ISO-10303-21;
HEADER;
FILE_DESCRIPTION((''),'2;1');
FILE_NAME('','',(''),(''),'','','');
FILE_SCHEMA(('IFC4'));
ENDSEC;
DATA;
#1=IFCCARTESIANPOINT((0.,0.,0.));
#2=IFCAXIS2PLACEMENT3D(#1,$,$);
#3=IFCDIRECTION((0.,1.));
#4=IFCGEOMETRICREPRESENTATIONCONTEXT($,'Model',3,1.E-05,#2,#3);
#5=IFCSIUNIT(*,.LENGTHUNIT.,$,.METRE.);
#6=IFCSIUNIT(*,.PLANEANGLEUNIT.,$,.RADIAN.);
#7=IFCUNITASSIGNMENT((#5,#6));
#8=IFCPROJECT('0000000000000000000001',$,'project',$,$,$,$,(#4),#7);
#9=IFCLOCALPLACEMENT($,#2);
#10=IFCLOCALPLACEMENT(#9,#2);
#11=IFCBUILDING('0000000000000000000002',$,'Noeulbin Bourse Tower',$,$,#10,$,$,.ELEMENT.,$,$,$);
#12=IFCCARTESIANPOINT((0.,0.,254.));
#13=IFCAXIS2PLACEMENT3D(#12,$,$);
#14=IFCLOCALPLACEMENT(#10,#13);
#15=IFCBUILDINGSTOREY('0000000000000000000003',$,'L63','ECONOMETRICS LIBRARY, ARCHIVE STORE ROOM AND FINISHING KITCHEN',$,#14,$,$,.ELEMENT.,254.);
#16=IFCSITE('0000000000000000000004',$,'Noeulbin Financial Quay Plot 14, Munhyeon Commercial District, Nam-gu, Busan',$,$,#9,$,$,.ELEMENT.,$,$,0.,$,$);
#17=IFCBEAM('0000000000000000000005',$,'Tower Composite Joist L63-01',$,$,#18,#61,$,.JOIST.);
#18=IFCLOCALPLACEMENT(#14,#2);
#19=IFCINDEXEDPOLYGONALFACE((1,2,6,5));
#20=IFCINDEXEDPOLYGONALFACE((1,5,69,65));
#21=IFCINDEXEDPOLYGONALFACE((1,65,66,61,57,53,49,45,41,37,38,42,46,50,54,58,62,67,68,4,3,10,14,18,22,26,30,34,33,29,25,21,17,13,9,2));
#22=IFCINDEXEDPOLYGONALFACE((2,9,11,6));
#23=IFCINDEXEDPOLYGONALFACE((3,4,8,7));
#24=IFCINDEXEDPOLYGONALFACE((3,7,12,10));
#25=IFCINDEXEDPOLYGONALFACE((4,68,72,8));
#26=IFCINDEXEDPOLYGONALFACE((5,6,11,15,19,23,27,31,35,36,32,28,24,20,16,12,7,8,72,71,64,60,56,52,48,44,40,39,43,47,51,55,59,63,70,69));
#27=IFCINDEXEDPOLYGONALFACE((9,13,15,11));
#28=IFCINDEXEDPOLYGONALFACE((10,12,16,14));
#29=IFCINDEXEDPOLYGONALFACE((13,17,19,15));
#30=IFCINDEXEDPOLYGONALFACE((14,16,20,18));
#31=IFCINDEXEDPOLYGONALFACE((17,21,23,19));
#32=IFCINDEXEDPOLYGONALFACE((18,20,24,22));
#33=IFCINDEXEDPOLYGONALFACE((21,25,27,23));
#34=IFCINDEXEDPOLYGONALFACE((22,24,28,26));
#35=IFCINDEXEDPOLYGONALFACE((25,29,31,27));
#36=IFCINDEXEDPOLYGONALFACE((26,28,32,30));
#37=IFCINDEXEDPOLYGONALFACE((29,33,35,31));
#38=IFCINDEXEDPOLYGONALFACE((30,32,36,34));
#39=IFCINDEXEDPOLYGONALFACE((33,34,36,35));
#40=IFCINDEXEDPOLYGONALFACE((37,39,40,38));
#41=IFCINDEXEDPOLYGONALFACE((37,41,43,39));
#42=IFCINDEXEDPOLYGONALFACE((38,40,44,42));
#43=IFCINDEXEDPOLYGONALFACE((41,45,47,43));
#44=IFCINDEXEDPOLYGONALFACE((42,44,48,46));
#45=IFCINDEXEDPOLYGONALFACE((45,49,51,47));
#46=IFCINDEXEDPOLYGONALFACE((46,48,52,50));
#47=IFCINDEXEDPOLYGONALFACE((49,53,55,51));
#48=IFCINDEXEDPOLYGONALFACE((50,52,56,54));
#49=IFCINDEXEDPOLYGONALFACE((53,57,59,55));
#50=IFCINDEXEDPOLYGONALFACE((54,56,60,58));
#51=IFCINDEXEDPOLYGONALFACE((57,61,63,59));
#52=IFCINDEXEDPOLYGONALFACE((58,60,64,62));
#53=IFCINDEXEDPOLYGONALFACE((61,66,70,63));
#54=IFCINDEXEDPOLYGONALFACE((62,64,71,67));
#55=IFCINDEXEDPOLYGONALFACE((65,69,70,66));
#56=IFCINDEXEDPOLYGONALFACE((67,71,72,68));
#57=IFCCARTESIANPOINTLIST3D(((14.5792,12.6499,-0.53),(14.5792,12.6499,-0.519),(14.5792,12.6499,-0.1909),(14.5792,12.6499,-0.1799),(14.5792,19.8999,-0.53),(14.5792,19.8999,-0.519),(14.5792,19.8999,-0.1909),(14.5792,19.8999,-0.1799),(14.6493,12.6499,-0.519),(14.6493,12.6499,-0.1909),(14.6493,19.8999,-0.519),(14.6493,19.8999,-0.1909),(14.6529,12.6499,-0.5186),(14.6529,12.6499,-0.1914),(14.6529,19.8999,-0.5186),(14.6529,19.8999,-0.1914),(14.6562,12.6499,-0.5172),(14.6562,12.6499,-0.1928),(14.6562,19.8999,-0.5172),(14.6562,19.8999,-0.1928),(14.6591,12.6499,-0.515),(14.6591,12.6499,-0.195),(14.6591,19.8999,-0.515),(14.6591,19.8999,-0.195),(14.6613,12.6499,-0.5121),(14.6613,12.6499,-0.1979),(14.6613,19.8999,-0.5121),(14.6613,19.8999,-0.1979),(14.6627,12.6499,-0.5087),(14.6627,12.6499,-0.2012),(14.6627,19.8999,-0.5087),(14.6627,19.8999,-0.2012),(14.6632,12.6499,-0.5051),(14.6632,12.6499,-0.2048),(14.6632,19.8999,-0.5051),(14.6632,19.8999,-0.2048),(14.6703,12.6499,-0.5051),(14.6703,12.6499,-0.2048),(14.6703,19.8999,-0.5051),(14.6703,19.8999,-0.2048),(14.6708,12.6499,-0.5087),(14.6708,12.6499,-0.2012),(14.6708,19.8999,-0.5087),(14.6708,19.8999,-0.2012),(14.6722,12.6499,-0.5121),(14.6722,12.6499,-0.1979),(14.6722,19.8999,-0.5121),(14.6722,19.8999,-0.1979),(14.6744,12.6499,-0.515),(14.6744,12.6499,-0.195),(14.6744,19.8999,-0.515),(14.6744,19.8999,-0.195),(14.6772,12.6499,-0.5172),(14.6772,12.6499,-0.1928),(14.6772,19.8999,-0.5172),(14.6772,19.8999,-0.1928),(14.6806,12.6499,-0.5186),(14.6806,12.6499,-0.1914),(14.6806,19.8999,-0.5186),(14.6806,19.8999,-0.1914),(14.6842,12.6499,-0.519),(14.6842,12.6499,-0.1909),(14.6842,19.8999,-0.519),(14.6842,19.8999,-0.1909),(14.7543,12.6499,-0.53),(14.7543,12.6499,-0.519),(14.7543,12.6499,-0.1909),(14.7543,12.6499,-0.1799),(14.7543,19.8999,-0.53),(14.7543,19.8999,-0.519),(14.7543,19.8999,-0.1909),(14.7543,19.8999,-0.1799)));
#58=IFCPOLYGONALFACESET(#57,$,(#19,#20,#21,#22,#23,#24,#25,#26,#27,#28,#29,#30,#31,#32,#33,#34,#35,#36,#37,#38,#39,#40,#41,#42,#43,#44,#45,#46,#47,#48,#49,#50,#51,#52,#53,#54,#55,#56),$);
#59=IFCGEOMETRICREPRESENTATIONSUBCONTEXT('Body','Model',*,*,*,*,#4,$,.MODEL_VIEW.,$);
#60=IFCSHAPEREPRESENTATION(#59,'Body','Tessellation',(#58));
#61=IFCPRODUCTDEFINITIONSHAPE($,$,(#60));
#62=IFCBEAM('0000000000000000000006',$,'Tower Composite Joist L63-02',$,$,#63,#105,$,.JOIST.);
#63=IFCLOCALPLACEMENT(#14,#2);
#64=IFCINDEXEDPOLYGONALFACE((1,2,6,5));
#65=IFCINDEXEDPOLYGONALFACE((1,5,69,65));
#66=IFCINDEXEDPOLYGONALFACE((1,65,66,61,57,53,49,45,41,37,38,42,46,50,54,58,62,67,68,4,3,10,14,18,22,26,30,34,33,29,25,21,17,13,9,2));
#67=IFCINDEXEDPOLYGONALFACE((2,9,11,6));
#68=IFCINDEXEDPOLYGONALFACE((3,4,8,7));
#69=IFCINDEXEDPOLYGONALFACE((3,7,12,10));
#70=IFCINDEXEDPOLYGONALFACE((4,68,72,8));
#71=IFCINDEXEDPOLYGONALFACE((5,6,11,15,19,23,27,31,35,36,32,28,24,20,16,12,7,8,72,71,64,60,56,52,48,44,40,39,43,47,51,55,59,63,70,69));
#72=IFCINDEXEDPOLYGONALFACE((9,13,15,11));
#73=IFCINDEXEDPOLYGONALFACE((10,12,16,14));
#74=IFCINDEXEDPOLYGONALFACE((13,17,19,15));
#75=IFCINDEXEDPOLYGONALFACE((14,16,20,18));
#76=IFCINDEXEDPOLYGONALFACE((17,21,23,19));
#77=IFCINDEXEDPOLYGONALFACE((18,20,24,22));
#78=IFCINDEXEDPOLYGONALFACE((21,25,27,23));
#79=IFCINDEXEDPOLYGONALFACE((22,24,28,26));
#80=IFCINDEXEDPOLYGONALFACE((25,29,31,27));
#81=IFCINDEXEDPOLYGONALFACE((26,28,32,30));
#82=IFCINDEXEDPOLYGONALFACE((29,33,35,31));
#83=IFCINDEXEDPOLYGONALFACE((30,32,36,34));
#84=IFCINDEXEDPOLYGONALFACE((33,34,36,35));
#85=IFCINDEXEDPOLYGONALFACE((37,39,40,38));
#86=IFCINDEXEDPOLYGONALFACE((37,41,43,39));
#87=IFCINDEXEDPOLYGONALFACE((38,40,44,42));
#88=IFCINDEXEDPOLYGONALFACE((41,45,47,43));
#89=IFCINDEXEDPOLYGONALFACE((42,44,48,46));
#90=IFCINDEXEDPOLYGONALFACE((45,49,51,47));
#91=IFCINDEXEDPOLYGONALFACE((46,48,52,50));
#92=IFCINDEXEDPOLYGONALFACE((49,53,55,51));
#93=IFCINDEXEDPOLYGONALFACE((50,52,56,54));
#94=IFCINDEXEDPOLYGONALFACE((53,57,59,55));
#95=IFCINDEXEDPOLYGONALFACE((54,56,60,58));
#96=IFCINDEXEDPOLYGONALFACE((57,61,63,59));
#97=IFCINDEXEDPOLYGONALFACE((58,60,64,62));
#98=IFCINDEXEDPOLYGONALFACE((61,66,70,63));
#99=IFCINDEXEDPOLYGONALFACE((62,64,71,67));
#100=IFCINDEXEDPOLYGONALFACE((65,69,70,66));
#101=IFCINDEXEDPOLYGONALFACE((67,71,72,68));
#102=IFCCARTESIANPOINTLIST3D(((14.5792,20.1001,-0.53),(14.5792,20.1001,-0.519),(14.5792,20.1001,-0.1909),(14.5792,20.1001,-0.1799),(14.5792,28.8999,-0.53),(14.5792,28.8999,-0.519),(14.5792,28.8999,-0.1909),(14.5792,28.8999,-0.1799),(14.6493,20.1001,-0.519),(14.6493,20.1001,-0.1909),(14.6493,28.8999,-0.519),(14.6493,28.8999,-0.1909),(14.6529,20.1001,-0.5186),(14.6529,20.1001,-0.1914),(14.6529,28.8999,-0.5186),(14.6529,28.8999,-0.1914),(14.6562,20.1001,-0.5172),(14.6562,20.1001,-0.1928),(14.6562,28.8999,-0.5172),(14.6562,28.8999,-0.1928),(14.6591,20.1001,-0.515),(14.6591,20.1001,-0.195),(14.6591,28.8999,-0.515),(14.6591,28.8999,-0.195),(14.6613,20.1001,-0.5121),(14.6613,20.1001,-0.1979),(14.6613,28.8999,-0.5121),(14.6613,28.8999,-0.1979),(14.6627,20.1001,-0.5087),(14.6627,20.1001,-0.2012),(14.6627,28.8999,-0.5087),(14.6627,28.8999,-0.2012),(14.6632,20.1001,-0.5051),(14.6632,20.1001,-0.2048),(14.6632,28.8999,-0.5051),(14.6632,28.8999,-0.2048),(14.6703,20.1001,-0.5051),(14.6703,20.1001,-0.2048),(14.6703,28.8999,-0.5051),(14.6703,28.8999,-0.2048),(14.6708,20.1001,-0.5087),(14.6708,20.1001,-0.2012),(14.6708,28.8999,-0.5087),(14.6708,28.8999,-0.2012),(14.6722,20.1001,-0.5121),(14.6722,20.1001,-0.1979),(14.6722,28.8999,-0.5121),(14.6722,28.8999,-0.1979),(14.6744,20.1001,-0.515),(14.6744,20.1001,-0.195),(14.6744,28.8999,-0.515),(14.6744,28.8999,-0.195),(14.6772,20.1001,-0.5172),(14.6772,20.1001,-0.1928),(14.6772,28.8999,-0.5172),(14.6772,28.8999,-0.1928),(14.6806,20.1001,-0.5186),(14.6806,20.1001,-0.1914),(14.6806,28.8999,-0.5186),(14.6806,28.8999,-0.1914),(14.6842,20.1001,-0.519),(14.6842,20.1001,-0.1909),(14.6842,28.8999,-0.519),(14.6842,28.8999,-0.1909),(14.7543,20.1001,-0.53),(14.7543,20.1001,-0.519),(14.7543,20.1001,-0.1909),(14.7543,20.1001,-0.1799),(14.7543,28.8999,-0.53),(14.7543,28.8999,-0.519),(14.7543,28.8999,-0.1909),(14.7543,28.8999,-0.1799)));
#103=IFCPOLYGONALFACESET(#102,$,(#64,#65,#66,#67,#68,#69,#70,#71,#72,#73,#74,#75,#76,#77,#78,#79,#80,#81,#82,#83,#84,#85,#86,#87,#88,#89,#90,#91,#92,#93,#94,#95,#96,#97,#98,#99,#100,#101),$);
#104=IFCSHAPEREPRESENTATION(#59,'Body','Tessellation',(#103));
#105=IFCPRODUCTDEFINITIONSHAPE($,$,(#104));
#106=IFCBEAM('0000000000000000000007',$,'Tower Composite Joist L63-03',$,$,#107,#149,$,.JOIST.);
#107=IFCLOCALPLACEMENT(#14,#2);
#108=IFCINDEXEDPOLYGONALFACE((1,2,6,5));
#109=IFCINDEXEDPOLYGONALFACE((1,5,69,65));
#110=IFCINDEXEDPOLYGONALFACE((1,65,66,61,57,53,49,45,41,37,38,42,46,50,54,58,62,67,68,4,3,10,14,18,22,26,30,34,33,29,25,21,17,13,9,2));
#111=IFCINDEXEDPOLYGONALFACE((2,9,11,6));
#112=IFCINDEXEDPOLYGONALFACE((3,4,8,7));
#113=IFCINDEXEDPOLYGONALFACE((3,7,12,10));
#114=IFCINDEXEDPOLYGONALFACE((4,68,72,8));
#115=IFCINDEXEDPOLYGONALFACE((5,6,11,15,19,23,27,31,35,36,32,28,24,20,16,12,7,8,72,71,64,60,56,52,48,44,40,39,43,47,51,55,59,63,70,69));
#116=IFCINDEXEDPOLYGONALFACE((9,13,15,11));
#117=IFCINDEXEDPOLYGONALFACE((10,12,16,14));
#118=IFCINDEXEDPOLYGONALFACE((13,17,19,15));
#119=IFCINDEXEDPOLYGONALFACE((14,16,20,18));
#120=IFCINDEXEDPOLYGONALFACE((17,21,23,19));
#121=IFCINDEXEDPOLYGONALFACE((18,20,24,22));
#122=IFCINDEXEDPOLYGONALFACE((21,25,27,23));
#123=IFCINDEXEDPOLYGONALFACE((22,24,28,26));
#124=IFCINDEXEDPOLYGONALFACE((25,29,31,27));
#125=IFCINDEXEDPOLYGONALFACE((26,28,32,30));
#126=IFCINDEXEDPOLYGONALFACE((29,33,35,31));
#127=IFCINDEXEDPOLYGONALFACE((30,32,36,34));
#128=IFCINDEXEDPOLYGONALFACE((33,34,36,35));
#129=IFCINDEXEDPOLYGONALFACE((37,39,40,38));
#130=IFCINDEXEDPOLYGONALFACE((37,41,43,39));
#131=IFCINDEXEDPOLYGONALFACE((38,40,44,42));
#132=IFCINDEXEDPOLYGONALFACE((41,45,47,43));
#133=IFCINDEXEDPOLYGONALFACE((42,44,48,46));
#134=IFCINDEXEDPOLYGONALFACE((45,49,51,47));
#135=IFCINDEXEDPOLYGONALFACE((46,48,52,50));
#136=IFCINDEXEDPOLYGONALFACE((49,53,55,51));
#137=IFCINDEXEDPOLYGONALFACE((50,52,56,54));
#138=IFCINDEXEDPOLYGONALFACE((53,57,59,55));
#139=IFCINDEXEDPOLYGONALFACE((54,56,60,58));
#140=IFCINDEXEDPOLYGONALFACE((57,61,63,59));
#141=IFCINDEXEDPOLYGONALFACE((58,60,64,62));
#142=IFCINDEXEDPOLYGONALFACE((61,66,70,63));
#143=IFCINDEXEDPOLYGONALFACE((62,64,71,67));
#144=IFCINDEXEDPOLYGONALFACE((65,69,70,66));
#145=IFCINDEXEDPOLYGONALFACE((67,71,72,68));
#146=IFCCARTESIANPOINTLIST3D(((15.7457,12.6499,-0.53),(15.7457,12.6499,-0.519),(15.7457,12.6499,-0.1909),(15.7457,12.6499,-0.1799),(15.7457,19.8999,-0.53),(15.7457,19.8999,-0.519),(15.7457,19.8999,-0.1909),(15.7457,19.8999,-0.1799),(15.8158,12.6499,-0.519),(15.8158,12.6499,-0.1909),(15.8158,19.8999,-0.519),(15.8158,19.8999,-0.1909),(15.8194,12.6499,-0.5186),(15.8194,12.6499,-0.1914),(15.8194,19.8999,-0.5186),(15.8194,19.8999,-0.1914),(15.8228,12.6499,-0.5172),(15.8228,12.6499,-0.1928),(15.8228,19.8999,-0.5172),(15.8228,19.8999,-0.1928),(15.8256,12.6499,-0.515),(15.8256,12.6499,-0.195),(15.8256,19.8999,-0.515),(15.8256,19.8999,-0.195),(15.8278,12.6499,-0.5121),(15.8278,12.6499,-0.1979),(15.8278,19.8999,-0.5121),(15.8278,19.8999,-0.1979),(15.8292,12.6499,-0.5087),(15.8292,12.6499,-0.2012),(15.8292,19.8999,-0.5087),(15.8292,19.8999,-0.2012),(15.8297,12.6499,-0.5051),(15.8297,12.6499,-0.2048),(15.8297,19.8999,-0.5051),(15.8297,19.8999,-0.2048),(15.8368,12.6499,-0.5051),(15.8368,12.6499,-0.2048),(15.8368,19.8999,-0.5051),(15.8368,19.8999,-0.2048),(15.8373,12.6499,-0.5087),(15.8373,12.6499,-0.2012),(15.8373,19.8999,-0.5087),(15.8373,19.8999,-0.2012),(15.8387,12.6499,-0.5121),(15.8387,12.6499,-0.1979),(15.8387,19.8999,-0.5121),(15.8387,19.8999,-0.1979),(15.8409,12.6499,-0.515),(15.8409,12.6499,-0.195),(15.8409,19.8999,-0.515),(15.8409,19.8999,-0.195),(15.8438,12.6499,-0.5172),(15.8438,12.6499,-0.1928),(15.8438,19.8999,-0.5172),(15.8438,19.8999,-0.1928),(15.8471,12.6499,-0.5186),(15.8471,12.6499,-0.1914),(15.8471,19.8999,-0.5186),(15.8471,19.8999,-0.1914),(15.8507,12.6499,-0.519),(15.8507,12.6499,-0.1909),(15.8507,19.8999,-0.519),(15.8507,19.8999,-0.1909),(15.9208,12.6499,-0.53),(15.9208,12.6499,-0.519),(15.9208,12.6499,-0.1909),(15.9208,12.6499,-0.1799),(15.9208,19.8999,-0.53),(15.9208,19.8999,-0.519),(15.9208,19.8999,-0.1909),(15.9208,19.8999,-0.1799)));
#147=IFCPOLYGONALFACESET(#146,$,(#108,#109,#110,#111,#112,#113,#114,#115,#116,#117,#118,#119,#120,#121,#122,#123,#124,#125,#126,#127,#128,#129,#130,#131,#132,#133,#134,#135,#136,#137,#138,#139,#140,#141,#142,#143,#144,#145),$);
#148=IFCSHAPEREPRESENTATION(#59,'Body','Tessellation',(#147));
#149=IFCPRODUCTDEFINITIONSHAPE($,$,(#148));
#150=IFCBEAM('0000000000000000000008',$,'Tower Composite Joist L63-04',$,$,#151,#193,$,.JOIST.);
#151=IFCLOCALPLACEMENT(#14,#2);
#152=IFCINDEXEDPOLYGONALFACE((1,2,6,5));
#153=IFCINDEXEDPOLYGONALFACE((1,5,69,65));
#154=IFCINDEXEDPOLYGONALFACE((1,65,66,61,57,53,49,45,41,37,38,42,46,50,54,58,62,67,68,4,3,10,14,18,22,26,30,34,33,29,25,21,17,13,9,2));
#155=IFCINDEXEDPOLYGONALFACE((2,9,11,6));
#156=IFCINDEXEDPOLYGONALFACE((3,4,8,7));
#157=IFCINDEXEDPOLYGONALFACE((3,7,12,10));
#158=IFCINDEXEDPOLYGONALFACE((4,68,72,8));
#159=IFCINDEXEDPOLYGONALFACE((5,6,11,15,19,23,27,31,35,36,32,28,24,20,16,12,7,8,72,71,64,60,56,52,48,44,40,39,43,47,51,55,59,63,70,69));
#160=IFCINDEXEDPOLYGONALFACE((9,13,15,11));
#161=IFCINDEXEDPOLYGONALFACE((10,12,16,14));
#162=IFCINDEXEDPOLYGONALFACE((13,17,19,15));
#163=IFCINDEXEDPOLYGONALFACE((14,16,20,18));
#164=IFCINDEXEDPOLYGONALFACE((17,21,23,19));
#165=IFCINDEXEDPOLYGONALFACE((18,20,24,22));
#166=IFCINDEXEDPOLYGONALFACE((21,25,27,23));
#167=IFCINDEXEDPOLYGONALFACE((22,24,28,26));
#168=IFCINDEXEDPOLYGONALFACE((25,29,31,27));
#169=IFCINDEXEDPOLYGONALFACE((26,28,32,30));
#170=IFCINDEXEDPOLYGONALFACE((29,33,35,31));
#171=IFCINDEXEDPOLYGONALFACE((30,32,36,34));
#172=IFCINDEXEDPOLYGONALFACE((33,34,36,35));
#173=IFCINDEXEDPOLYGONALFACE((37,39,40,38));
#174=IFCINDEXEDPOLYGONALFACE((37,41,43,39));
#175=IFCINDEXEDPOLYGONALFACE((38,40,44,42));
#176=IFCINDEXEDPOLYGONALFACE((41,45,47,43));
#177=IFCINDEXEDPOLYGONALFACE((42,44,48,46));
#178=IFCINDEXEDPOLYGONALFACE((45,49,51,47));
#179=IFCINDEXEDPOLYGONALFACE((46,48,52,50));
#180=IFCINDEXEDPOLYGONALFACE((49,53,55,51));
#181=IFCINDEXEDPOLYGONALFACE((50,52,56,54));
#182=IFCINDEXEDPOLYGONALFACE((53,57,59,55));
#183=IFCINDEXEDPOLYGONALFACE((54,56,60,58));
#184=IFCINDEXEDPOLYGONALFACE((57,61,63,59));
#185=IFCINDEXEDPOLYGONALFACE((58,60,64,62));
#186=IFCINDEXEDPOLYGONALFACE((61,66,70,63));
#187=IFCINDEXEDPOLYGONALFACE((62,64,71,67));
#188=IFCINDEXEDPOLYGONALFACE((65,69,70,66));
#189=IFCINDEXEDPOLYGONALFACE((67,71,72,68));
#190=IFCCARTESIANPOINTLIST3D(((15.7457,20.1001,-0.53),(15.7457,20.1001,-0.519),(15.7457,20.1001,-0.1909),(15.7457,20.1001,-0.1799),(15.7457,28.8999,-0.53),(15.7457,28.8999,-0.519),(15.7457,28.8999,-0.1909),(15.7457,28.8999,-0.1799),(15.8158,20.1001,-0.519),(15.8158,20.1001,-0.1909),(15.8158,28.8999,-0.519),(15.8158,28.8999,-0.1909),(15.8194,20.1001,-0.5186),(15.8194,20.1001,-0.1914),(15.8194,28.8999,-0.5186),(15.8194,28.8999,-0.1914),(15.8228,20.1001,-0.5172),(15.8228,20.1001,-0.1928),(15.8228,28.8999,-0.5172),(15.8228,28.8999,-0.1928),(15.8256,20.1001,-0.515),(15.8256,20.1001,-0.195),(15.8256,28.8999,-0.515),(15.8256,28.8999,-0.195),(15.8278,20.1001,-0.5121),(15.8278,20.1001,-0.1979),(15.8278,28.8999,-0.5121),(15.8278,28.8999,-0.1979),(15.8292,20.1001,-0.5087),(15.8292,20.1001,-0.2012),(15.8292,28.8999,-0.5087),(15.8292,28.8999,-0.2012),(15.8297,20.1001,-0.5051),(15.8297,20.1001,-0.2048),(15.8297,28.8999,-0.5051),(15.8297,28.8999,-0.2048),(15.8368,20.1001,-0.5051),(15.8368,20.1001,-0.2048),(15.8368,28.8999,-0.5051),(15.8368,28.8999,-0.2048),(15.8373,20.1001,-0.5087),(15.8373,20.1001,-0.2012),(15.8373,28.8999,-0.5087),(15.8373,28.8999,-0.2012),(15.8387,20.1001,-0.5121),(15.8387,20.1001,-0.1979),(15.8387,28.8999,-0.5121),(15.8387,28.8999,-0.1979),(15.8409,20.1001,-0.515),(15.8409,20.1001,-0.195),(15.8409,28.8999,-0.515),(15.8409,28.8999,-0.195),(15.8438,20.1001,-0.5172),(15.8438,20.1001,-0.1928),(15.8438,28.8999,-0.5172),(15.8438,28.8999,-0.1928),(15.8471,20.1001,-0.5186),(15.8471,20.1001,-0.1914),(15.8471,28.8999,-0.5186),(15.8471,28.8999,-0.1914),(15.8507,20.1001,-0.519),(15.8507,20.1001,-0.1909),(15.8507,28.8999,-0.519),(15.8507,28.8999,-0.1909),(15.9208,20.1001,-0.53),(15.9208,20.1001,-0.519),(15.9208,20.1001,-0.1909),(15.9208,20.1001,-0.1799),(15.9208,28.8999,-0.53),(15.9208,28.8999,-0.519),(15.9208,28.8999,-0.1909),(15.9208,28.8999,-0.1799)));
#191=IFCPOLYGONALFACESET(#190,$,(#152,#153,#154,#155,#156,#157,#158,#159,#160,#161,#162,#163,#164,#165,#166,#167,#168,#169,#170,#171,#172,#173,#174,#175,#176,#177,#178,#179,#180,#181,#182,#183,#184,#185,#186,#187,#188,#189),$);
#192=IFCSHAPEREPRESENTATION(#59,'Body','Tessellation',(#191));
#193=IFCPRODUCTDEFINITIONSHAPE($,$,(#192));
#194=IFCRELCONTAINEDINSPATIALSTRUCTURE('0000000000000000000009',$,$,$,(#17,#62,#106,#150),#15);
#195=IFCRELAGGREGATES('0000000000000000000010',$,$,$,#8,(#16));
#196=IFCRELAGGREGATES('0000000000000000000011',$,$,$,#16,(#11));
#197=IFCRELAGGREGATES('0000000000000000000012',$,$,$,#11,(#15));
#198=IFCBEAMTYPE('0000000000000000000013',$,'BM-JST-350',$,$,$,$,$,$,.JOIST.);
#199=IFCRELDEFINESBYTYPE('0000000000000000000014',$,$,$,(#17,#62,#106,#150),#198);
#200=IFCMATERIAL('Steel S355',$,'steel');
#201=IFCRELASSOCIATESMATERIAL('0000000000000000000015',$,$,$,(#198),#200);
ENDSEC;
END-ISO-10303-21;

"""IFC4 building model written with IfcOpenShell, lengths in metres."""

from ifc_helpers import new_model, si_unit, direction, frame, origin, origin_2d, place, context, subcontext, project, spatial, i_section, extrude, material, material_profile, profile_set, type_object, element, save


model = new_model("IFC4")

# Units and contexts
model_context = context("Model", 3, precision=1e-05, world=origin(), true_north=direction((0.0, 1.0)))
body_context = subcontext(model_context, "Body", "Model", "MODEL_VIEW")
ifc_project = project(units=[si_unit("LENGTHUNIT", "METRE"), si_unit("PLANEANGLEUNIT", "RADIAN")], contexts=[model_context])

# Site, building, storey
site_placement = place(None, origin())
site = spatial("IfcSite", under=ifc_project, at=site_placement, Name="Noeulbin Financial Quay Plot 14, Munhyeon Commercial District, Nam-gu, Busan", CompositionType="ELEMENT", RefElevation=0.0)
building_placement = place(site_placement, origin())
building = spatial("IfcBuilding", under=site, at=building_placement, Name="Noeulbin Bourse Tower", CompositionType="ELEMENT")
storey_placement = place(building_placement, frame((0.0, 0.0, 254.0)))
storey = spatial("IfcBuildingStorey", under=building, at=storey_placement, Name="L63", Description="ECONOMETRICS LIBRARY, ARCHIVE STORE ROOM AND FINISHING KITCHEN", CompositionType="ELEMENT", Elevation=254.0)

# Shared definitions
ifc_material_1 = material(Name="Steel S355", Category="steel")

# Beams
ifc_material_profile_1 = material_profile(ifc_material_1, i_section(OverallWidth=0.175, OverallDepth=0.3501, WebThickness=0.0071, FlangeThickness=0.011, FilletRadius=0.0139, at=origin_2d()), Name="H-350x175x7x11", Category="LoadBearing")
ifc_profile_set_1 = profile_set([ifc_material_profile_1], Name="Steel S355")
beam_type_1 = type_object("IfcBeamType", Name="BM-JST-350", PredefinedType="JOIST", material=ifc_profile_set_1)
beam_1_placement = place(storey_placement, frame((14.6667, 12.6499, -0.355), z_axis=(0.0, 1.0, 0.0), x_axis=(-1.0, 0.0, 0.0)))
element("IfcBeam", 1, at=beam_1_placement, inside=storey, type_object=beam_type_1, Name="Tower Composite Joist L63-01", PredefinedType="JOIST", context=body_context, shape_type="SweptSolid", body=[
    extrude(i_section(OverallWidth=0.175, OverallDepth=0.3501, WebThickness=0.0071, FlangeThickness=0.011, FilletRadius=0.0139, at=origin_2d()), origin(), (0.0, 0.0, 1.0), 7.25),
])
beam_2_placement = place(storey_placement, frame((14.6667, 20.1001, -0.355), z_axis=(0.0, 1.0, 0.0), x_axis=(-1.0, 0.0, 0.0)))
element("IfcBeam", 2, at=beam_2_placement, inside=storey, type_object=beam_type_1, Name="Tower Composite Joist L63-02", PredefinedType="JOIST", context=body_context, shape_type="SweptSolid", body=[
    extrude(i_section(OverallWidth=0.175, OverallDepth=0.3501, WebThickness=0.0071, FlangeThickness=0.011, FilletRadius=0.0139, at=origin_2d()), origin(), (0.0, 0.0, 1.0), 8.7998),
])
beam_3_placement = place(storey_placement, frame((15.8333, 12.6499, -0.355), z_axis=(0.0, 1.0, 0.0), x_axis=(-1.0, 0.0, 0.0)))
element("IfcBeam", 3, at=beam_3_placement, inside=storey, type_object=beam_type_1, Name="Tower Composite Joist L63-03", PredefinedType="JOIST", context=body_context, shape_type="SweptSolid", body=[
    extrude(i_section(OverallWidth=0.175, OverallDepth=0.3501, WebThickness=0.0071, FlangeThickness=0.011, FilletRadius=0.0139, at=origin_2d()), origin(), (0.0, 0.0, 1.0), 7.25),
])
beam_4_placement = place(storey_placement, frame((15.8333, 20.1001, -0.355), z_axis=(0.0, 1.0, 0.0), x_axis=(-1.0, 0.0, 0.0)))
element("IfcBeam", 4, at=beam_4_placement, inside=storey, type_object=beam_type_1, Name="Tower Composite Joist L63-04", PredefinedType="JOIST", context=body_context, shape_type="SweptSolid", body=[
    extrude(i_section(OverallWidth=0.175, OverallDepth=0.3501, WebThickness=0.0071, FlangeThickness=0.011, FilletRadius=0.0139, at=origin_2d()), origin(), (0.0, 0.0, 1.0), 8.7998),
])

save(model, "model.ifc")
